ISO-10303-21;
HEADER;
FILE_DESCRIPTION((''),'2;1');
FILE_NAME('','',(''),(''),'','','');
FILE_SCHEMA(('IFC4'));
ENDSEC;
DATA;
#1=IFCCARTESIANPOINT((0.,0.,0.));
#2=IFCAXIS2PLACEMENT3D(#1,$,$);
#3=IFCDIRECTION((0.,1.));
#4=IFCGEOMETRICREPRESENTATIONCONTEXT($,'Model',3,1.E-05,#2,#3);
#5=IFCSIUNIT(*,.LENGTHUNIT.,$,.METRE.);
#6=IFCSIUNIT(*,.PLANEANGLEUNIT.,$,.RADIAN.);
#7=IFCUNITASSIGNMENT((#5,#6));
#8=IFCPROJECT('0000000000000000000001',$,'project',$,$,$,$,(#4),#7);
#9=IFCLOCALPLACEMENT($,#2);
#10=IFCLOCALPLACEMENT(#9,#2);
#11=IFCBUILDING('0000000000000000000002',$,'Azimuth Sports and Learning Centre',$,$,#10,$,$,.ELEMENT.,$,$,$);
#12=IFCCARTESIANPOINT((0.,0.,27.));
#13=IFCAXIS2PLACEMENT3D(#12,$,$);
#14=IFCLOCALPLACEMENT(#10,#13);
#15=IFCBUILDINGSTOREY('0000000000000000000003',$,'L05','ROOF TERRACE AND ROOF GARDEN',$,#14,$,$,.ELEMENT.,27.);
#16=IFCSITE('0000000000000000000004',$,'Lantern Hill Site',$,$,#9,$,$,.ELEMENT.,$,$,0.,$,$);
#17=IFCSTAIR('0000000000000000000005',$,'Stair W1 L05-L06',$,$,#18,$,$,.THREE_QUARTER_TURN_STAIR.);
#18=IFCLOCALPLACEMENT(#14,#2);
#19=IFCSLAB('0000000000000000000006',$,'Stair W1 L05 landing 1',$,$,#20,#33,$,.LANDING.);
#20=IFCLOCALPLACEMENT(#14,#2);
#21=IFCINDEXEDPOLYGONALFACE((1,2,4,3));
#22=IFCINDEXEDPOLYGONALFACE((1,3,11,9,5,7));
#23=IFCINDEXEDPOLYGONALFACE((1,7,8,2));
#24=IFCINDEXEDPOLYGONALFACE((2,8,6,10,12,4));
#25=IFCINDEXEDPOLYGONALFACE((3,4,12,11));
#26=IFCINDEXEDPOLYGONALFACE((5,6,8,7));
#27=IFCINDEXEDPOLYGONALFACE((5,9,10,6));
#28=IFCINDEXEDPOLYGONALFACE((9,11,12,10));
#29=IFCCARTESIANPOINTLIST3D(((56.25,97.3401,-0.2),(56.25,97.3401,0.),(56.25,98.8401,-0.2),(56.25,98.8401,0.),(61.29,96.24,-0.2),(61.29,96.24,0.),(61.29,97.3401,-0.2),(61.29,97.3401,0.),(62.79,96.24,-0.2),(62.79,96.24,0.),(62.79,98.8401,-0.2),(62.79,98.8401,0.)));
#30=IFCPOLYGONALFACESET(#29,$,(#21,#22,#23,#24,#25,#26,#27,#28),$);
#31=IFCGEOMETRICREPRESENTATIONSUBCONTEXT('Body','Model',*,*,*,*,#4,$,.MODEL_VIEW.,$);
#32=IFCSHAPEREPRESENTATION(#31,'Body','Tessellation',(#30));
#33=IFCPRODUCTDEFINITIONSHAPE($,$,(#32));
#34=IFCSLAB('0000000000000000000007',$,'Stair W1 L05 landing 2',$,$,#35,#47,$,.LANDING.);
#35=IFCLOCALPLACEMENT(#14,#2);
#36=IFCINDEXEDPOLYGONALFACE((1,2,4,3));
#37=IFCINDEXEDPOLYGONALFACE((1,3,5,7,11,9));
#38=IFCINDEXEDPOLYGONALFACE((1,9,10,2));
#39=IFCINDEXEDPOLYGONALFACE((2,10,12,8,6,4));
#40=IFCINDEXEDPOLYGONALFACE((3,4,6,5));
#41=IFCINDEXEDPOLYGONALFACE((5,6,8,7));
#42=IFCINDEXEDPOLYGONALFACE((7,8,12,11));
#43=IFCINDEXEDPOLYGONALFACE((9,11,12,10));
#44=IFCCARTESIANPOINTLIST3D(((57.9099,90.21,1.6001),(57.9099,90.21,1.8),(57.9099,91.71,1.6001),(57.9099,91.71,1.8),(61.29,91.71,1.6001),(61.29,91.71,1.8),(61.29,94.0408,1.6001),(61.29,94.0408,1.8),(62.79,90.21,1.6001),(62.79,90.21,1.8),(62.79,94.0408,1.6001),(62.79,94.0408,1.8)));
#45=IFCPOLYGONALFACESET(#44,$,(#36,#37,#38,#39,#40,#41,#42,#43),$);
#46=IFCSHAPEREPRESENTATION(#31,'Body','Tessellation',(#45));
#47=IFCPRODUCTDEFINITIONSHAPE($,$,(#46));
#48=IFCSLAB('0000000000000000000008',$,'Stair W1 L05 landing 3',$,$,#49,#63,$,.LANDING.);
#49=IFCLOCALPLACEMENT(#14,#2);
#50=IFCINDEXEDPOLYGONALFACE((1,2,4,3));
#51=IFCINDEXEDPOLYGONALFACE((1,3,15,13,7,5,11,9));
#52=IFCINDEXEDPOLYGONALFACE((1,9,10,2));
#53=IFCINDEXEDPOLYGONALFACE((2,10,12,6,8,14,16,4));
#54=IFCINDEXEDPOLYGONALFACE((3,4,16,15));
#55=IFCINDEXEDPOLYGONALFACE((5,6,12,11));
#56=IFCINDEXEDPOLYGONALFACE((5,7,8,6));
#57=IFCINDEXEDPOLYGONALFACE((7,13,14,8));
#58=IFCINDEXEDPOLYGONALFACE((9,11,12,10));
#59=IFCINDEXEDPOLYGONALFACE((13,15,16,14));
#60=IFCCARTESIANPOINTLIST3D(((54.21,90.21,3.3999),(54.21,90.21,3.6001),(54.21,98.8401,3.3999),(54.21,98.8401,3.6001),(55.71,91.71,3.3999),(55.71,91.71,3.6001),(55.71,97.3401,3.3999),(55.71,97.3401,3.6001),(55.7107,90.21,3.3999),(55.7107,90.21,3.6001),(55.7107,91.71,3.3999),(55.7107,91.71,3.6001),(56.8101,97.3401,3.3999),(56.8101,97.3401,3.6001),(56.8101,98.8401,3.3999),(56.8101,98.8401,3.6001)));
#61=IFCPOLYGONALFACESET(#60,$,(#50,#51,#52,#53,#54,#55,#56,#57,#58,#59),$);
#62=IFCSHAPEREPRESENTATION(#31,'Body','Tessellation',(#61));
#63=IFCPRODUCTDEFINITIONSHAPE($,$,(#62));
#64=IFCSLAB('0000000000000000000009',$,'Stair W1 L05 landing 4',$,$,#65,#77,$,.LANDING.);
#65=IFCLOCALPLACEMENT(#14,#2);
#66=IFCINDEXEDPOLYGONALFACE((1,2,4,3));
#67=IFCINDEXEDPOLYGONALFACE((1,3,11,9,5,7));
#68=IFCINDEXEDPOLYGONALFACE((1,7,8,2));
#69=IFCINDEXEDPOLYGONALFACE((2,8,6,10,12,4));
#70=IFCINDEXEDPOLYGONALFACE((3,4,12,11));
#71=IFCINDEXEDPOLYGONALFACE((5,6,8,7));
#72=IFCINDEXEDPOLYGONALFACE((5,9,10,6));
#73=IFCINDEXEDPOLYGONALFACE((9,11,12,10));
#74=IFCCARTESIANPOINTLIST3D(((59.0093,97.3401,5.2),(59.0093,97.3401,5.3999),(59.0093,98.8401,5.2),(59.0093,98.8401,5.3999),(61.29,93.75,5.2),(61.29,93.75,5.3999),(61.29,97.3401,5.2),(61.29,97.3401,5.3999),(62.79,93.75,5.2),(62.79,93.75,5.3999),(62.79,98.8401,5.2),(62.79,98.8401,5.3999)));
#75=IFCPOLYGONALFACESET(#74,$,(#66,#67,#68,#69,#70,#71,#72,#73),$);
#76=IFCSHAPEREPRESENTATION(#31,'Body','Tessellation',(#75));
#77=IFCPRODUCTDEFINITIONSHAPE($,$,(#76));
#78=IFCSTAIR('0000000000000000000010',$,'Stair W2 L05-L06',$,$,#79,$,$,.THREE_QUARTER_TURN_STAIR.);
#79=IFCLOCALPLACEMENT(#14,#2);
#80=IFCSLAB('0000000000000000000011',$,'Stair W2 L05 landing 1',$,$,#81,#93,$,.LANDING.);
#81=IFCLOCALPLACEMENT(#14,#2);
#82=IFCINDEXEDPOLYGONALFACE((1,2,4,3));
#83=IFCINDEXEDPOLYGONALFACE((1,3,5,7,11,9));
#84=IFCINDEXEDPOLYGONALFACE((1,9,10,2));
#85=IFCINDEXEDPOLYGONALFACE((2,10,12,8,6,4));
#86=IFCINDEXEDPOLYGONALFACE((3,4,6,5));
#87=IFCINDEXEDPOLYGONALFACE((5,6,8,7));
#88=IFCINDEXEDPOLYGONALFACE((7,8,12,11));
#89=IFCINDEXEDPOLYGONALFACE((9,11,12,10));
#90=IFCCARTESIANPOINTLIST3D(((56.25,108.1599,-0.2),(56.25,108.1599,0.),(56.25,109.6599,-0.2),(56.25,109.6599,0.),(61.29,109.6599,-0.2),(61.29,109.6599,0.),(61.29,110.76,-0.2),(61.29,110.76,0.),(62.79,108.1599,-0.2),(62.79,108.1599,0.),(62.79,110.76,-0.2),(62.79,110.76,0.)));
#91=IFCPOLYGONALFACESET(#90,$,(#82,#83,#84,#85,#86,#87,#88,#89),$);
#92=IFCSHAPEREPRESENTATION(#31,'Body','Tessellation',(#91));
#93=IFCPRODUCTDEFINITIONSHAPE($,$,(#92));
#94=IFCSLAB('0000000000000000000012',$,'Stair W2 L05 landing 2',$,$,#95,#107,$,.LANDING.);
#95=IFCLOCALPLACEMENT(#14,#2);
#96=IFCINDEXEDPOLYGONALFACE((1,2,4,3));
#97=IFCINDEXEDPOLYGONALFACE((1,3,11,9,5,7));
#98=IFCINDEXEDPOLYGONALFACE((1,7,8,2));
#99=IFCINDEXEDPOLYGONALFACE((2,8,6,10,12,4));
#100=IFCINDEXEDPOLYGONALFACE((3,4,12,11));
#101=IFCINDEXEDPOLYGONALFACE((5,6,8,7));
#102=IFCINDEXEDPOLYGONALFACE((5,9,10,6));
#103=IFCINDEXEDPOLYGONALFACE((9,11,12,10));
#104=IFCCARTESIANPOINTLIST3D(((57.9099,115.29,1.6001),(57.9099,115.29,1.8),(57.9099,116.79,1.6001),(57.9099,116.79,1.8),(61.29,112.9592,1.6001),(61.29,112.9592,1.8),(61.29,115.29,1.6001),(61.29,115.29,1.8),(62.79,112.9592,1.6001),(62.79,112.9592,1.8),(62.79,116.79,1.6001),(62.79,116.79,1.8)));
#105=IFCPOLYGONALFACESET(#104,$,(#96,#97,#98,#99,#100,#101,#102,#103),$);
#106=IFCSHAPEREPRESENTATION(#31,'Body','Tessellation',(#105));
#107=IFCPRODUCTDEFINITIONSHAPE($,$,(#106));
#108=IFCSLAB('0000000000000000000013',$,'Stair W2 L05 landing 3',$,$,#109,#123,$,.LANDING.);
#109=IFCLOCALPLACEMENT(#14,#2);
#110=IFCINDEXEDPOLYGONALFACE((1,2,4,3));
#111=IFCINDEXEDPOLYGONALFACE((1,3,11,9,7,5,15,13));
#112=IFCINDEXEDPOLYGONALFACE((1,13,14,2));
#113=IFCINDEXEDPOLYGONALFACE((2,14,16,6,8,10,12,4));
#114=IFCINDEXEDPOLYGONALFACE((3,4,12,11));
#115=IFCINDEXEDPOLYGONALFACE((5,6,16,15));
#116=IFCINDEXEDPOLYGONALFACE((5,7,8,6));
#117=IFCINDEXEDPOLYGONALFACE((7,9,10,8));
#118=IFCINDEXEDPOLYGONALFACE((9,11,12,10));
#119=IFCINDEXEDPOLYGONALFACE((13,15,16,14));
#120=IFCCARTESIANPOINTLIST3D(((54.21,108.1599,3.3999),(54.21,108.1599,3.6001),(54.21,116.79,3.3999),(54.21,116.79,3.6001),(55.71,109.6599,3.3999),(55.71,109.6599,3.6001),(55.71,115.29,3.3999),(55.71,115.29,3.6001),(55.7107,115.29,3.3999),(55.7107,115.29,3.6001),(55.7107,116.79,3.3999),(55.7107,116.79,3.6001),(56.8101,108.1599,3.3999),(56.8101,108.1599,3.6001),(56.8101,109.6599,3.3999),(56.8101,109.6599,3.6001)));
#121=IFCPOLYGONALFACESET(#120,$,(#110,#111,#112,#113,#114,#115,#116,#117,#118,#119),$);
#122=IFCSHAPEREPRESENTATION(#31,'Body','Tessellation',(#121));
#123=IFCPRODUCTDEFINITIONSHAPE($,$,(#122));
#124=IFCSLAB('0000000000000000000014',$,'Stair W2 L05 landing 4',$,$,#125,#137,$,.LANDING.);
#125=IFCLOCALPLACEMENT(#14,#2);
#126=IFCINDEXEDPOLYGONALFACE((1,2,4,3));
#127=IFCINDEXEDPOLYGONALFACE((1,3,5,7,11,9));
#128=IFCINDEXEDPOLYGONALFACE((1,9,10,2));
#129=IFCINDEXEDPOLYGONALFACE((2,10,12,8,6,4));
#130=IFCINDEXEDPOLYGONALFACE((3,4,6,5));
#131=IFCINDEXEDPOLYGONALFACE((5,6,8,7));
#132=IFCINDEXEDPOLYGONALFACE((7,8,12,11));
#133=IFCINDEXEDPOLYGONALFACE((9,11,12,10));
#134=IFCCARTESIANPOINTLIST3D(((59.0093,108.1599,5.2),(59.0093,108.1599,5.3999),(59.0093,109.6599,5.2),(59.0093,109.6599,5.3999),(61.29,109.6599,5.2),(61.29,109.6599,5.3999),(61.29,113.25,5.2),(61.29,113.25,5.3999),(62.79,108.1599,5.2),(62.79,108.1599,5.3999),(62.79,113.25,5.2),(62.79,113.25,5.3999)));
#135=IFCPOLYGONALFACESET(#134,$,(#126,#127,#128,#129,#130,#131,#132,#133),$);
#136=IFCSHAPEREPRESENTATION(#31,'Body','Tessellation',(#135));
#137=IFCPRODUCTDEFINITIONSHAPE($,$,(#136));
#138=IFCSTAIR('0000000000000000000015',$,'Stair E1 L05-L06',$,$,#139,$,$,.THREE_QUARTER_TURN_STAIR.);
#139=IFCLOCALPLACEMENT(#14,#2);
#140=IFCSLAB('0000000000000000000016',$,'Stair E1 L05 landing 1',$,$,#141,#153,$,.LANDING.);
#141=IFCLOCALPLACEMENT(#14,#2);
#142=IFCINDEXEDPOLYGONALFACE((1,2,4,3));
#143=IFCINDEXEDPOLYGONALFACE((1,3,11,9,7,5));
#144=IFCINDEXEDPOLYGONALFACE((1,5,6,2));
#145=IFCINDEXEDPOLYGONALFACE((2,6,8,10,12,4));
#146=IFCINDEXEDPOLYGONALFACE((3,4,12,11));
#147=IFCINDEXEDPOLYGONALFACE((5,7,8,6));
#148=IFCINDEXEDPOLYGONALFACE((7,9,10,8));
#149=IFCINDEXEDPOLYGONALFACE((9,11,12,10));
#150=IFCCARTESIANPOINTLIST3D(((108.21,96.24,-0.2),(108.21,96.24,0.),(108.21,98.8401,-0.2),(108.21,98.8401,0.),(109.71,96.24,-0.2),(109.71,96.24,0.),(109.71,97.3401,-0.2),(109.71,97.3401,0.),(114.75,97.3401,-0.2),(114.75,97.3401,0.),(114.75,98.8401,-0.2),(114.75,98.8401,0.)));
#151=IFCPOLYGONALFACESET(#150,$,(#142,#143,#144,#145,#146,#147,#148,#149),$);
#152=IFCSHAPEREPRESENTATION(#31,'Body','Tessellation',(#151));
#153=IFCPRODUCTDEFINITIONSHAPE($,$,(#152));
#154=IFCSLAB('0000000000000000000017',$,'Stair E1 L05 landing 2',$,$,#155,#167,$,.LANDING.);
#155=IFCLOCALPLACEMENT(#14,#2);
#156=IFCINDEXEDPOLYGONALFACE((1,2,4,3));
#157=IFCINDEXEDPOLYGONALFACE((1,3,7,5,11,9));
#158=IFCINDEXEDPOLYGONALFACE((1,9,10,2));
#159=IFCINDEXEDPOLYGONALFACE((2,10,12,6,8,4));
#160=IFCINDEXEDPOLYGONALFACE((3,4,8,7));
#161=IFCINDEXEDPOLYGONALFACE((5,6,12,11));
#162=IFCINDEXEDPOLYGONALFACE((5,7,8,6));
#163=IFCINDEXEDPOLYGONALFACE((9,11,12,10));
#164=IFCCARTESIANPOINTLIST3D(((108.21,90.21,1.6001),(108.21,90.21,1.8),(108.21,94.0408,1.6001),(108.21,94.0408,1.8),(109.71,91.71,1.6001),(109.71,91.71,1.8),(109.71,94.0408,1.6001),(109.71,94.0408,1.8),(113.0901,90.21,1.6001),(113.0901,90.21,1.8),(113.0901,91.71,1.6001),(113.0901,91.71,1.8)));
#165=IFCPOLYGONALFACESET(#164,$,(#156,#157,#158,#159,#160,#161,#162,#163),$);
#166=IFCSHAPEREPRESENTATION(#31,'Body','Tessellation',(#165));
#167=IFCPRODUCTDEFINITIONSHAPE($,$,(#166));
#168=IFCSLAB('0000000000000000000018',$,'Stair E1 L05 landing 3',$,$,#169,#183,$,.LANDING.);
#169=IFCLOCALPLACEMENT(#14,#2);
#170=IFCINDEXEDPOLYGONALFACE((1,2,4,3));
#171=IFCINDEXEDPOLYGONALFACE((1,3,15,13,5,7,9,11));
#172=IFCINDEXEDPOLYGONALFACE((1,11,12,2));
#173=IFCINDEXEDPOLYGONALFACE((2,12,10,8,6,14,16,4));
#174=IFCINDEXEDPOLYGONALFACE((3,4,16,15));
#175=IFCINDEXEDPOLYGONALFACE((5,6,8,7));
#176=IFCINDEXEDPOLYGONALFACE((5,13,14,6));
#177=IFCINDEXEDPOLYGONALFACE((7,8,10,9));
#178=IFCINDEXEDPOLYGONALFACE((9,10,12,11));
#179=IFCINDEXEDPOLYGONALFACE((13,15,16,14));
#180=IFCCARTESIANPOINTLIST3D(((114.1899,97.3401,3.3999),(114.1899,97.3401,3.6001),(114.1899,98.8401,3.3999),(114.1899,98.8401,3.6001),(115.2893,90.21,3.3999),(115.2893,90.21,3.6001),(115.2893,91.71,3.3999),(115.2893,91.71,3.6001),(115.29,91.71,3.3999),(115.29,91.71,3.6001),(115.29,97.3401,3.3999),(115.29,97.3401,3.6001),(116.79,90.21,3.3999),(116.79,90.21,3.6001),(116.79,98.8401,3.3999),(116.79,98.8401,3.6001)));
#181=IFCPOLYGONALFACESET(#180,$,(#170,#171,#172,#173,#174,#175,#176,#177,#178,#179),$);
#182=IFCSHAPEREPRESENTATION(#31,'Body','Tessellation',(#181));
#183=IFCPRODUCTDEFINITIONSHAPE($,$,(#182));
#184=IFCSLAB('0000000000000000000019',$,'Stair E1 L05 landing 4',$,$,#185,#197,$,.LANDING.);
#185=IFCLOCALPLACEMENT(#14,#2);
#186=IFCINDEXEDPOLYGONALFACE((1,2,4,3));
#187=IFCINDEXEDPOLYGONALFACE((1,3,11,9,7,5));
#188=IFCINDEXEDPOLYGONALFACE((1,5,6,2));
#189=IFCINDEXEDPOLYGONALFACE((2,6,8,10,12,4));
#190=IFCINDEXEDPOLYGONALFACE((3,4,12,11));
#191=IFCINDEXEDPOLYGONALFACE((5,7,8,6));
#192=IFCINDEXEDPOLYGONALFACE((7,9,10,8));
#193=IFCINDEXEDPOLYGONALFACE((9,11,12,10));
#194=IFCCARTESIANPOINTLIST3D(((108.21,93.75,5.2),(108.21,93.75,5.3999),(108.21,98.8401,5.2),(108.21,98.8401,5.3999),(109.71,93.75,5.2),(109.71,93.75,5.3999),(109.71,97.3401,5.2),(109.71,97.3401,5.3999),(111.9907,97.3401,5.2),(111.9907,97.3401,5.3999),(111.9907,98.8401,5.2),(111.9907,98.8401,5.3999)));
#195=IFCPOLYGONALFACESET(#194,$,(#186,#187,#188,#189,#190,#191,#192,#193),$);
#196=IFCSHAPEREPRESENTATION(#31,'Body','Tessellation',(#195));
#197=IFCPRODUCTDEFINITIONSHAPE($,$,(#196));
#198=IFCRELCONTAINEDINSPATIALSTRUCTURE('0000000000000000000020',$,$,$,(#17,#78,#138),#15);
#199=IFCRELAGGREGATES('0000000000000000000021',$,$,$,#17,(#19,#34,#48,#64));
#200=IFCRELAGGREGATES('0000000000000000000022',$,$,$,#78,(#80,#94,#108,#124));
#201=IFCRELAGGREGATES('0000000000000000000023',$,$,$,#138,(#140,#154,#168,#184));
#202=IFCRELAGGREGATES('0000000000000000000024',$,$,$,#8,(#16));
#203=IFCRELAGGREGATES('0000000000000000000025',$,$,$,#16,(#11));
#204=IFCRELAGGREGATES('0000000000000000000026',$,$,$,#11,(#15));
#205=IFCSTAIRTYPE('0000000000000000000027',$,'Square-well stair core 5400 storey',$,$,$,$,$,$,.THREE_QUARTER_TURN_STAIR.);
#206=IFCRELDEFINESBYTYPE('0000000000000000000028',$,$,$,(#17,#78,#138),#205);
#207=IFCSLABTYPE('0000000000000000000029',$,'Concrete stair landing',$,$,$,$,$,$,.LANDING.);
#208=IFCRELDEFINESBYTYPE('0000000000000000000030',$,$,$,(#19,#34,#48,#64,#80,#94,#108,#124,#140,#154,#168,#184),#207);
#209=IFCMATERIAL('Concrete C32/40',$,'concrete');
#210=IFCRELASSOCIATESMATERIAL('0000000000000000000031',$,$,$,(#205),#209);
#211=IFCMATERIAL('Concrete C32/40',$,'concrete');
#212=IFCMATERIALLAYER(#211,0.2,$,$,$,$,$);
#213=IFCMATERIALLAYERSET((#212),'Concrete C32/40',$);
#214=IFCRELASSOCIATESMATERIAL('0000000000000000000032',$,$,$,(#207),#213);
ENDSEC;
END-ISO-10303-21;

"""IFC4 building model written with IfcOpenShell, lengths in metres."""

from ifc_helpers import new_model, si_unit, direction, frame, origin, place, context, subcontext, project, spatial, polyline, outline, extrude, material, layer, layer_set, type_object, element, aggregate, save


model = new_model("IFC4")

# Units and contexts
model_context = context("Model", 3, precision=1e-05, world=origin(), true_north=direction((0.0, 1.0)))
body_context = subcontext(model_context, "Body", "Model", "MODEL_VIEW")
ifc_project = project(units=[si_unit("LENGTHUNIT", "METRE"), si_unit("PLANEANGLEUNIT", "RADIAN")], contexts=[model_context])

# Site, building, storey
site_placement = place(None, origin())
site = spatial("IfcSite", under=ifc_project, at=site_placement, Name="Lantern Hill Site", CompositionType="ELEMENT", RefElevation=0.0)
building_placement = place(site_placement, origin())
building = spatial("IfcBuilding", under=site, at=building_placement, Name="Azimuth Sports and Learning Centre", CompositionType="ELEMENT")
storey_placement = place(building_placement, frame((0.0, 0.0, 27.0)))
storey = spatial("IfcBuildingStorey", under=building, at=storey_placement, Name="L05", Description="ROOF TERRACE AND ROOF GARDEN", CompositionType="ELEMENT", Elevation=27.0)

# Stairs, slabs
ifc_material_1 = material(Name="Concrete C32/40", Category="concrete")
stair_type = type_object("IfcStairType", Name="Square-well stair core 5400 storey", PredefinedType="THREE_QUARTER_TURN_STAIR", material=ifc_material_1)
stair_1_placement = place(storey_placement, origin())
stair_1 = element("IfcStair", 1, at=stair_1_placement, inside=storey, type_object=stair_type, Name="Stair W1 L05-L06", PredefinedType="THREE_QUARTER_TURN_STAIR")
ifc_material_2 = material(Name="Concrete C32/40", Category="concrete")
ifc_layer_1 = layer(ifc_material_2, 0.2)
ifc_layer_set_1 = layer_set([ifc_layer_1], Name="Concrete C32/40")
slab_type_1 = type_object("IfcSlabType", Name="Concrete stair landing", PredefinedType="LANDING", material=ifc_layer_set_1)
slab_1_placement = place(storey_placement, frame((0.0, 0.0, -0.2)))
slab_1 = element("IfcSlab", 2, at=slab_1_placement, type_object=slab_type_1, Name="Stair W1 L05 landing 1", PredefinedType="LANDING", context=body_context, shape_type="SweptSolid", body=[
    extrude(outline(polyline([(62.79, 98.8401), (56.25, 98.8401), (56.25, 97.3401), (61.29, 97.3401), (61.29, 96.24), (62.79, 96.24), (62.79, 98.8401)])), origin(), (0.0, 0.0, 1.0), 0.2),
])
slab_2_placement = place(storey_placement, frame((0.0, 0.0, 1.6001)))
slab_2 = element("IfcSlab", 3, at=slab_2_placement, type_object=slab_type_1, Name="Stair W1 L05 landing 2", PredefinedType="LANDING", context=body_context, shape_type="SweptSolid", body=[
    extrude(outline(polyline([(61.29, 91.71), (57.9099, 91.71), (57.9099, 90.21), (62.79, 90.21), (62.79, 94.0408), (61.29, 94.0408), (61.29, 91.71)])), origin(), (0.0, 0.0, 1.0), 0.2),
])
slab_3_placement = place(storey_placement, frame((0.0, 0.0, 3.3999)))
slab_3 = element("IfcSlab", 4, at=slab_3_placement, type_object=slab_type_1, Name="Stair W1 L05 landing 3", PredefinedType="LANDING", context=body_context, shape_type="SweptSolid", body=[
    extrude(outline(polyline([(55.71, 91.71), (55.71, 97.3401), (56.8101, 97.3401), (56.8101, 98.8401), (54.21, 98.8401), (54.21, 90.21), (55.7107, 90.21), (55.7107, 91.71), (55.71, 91.71)])), origin(), (0.0, 0.0, 1.0), 0.2002),
])
slab_4_placement = place(storey_placement, frame((0.0, 0.0, 5.2)))
slab_4 = element("IfcSlab", 5, at=slab_4_placement, type_object=slab_type_1, Name="Stair W1 L05 landing 4", PredefinedType="LANDING", context=body_context, shape_type="SweptSolid", body=[
    extrude(outline(polyline([(61.29, 97.3401), (61.29, 93.75), (62.79, 93.75), (62.79, 98.8401), (59.0093, 98.8401), (59.0093, 97.3401), (61.29, 97.3401)])), origin(), (0.0, 0.0, 1.0), 0.2),
])
aggregate(stair_1, [slab_1, slab_2, slab_3, slab_4])
stair_2_placement = place(storey_placement, origin())
stair_2 = element("IfcStair", 6, at=stair_2_placement, inside=storey, type_object=stair_type, Name="Stair W2 L05-L06", PredefinedType="THREE_QUARTER_TURN_STAIR")
slab_5_placement = place(storey_placement, frame((0.0, 0.0, -0.2)))
slab_5 = element("IfcSlab", 7, at=slab_5_placement, type_object=slab_type_1, Name="Stair W2 L05 landing 1", PredefinedType="LANDING", context=body_context, shape_type="SweptSolid", body=[
    extrude(outline(polyline([(61.29, 110.76), (61.29, 109.6599), (56.25, 109.6599), (56.25, 108.1599), (62.79, 108.1599), (62.79, 110.76), (61.29, 110.76)])), origin(), (0.0, 0.0, 1.0), 0.2),
])
slab_6_placement = place(storey_placement, frame((0.0, 0.0, 1.6001)))
slab_6 = element("IfcSlab", 8, at=slab_6_placement, type_object=slab_type_1, Name="Stair W2 L05 landing 2", PredefinedType="LANDING", context=body_context, shape_type="SweptSolid", body=[
    extrude(outline(polyline([(61.29, 115.29), (61.29, 112.9592), (62.79, 112.9592), (62.79, 116.79), (57.9099, 116.79), (57.9099, 115.29), (61.29, 115.29)])), origin(), (0.0, 0.0, 1.0), 0.2),
])
slab_7_placement = place(storey_placement, frame((0.0, 0.0, 3.3999)))
slab_7 = element("IfcSlab", 9, at=slab_7_placement, type_object=slab_type_1, Name="Stair W2 L05 landing 3", PredefinedType="LANDING", context=body_context, shape_type="SweptSolid", body=[
    extrude(outline(polyline([(55.71, 115.29), (55.7107, 115.29), (55.7107, 116.79), (54.21, 116.79), (54.21, 108.1599), (56.8101, 108.1599), (56.8101, 109.6599), (55.71, 109.6599), (55.71, 115.29)])), origin(), (0.0, 0.0, 1.0), 0.2002),
])
slab_8_placement = place(storey_placement, frame((0.0, 0.0, 5.2)))
slab_8 = element("IfcSlab", 10, at=slab_8_placement, type_object=slab_type_1, Name="Stair W2 L05 landing 4", PredefinedType="LANDING", context=body_context, shape_type="SweptSolid", body=[
    extrude(outline(polyline([(61.29, 109.6599), (59.0093, 109.6599), (59.0093, 108.1599), (62.79, 108.1599), (62.79, 113.25), (61.29, 113.25), (61.29, 109.6599)])), origin(), (0.0, 0.0, 1.0), 0.2),
])
aggregate(stair_2, [slab_5, slab_6, slab_7, slab_8])
stair_3_placement = place(storey_placement, origin())
stair_3 = element("IfcStair", 11, at=stair_3_placement, inside=storey, type_object=stair_type, Name="Stair E1 L05-L06", PredefinedType="THREE_QUARTER_TURN_STAIR")
slab_9_placement = place(storey_placement, frame((0.0, 0.0, -0.2)))
slab_9 = element("IfcSlab", 12, at=slab_9_placement, type_object=slab_type_1, Name="Stair E1 L05 landing 1", PredefinedType="LANDING", context=body_context, shape_type="SweptSolid", body=[
    extrude(outline(polyline([(109.71, 96.24), (109.71, 97.3401), (114.75, 97.3401), (114.75, 98.8401), (108.21, 98.8401), (108.21, 96.24), (109.71, 96.24)])), origin(), (0.0, 0.0, 1.0), 0.2),
])
slab_10_placement = place(storey_placement, frame((0.0, 0.0, 1.6001)))
slab_10 = element("IfcSlab", 13, at=slab_10_placement, type_object=slab_type_1, Name="Stair E1 L05 landing 2", PredefinedType="LANDING", context=body_context, shape_type="SweptSolid", body=[
    extrude(outline(polyline([(109.71, 91.71), (109.71, 94.0408), (108.21, 94.0408), (108.21, 90.21), (113.0901, 90.21), (113.0901, 91.71), (109.71, 91.71)])), origin(), (0.0, 0.0, 1.0), 0.2),
])
slab_11_placement = place(storey_placement, frame((0.0, 0.0, 3.3999)))
slab_11 = element("IfcSlab", 14, at=slab_11_placement, type_object=slab_type_1, Name="Stair E1 L05 landing 3", PredefinedType="LANDING", context=body_context, shape_type="SweptSolid", body=[
    extrude(outline(polyline([(115.29, 91.71), (115.2893, 91.71), (115.2893, 90.21), (116.79, 90.21), (116.79, 98.8401), (114.1899, 98.8401), (114.1899, 97.3401), (115.29, 97.3401), (115.29, 91.71)])), origin(), (0.0, 0.0, 1.0), 0.2002),
])
slab_12_placement = place(storey_placement, frame((0.0, 0.0, 5.2)))
slab_12 = element("IfcSlab", 15, at=slab_12_placement, type_object=slab_type_1, Name="Stair E1 L05 landing 4", PredefinedType="LANDING", context=body_context, shape_type="SweptSolid", body=[
    extrude(outline(polyline([(109.71, 97.3401), (111.9907, 97.3401), (111.9907, 98.8401), (108.21, 98.8401), (108.21, 93.75), (109.71, 93.75), (109.71, 97.3401)])), origin(), (0.0, 0.0, 1.0), 0.2),
])
aggregate(stair_3, [slab_9, slab_10, slab_11, slab_12])

save(model, "model.ifc")
